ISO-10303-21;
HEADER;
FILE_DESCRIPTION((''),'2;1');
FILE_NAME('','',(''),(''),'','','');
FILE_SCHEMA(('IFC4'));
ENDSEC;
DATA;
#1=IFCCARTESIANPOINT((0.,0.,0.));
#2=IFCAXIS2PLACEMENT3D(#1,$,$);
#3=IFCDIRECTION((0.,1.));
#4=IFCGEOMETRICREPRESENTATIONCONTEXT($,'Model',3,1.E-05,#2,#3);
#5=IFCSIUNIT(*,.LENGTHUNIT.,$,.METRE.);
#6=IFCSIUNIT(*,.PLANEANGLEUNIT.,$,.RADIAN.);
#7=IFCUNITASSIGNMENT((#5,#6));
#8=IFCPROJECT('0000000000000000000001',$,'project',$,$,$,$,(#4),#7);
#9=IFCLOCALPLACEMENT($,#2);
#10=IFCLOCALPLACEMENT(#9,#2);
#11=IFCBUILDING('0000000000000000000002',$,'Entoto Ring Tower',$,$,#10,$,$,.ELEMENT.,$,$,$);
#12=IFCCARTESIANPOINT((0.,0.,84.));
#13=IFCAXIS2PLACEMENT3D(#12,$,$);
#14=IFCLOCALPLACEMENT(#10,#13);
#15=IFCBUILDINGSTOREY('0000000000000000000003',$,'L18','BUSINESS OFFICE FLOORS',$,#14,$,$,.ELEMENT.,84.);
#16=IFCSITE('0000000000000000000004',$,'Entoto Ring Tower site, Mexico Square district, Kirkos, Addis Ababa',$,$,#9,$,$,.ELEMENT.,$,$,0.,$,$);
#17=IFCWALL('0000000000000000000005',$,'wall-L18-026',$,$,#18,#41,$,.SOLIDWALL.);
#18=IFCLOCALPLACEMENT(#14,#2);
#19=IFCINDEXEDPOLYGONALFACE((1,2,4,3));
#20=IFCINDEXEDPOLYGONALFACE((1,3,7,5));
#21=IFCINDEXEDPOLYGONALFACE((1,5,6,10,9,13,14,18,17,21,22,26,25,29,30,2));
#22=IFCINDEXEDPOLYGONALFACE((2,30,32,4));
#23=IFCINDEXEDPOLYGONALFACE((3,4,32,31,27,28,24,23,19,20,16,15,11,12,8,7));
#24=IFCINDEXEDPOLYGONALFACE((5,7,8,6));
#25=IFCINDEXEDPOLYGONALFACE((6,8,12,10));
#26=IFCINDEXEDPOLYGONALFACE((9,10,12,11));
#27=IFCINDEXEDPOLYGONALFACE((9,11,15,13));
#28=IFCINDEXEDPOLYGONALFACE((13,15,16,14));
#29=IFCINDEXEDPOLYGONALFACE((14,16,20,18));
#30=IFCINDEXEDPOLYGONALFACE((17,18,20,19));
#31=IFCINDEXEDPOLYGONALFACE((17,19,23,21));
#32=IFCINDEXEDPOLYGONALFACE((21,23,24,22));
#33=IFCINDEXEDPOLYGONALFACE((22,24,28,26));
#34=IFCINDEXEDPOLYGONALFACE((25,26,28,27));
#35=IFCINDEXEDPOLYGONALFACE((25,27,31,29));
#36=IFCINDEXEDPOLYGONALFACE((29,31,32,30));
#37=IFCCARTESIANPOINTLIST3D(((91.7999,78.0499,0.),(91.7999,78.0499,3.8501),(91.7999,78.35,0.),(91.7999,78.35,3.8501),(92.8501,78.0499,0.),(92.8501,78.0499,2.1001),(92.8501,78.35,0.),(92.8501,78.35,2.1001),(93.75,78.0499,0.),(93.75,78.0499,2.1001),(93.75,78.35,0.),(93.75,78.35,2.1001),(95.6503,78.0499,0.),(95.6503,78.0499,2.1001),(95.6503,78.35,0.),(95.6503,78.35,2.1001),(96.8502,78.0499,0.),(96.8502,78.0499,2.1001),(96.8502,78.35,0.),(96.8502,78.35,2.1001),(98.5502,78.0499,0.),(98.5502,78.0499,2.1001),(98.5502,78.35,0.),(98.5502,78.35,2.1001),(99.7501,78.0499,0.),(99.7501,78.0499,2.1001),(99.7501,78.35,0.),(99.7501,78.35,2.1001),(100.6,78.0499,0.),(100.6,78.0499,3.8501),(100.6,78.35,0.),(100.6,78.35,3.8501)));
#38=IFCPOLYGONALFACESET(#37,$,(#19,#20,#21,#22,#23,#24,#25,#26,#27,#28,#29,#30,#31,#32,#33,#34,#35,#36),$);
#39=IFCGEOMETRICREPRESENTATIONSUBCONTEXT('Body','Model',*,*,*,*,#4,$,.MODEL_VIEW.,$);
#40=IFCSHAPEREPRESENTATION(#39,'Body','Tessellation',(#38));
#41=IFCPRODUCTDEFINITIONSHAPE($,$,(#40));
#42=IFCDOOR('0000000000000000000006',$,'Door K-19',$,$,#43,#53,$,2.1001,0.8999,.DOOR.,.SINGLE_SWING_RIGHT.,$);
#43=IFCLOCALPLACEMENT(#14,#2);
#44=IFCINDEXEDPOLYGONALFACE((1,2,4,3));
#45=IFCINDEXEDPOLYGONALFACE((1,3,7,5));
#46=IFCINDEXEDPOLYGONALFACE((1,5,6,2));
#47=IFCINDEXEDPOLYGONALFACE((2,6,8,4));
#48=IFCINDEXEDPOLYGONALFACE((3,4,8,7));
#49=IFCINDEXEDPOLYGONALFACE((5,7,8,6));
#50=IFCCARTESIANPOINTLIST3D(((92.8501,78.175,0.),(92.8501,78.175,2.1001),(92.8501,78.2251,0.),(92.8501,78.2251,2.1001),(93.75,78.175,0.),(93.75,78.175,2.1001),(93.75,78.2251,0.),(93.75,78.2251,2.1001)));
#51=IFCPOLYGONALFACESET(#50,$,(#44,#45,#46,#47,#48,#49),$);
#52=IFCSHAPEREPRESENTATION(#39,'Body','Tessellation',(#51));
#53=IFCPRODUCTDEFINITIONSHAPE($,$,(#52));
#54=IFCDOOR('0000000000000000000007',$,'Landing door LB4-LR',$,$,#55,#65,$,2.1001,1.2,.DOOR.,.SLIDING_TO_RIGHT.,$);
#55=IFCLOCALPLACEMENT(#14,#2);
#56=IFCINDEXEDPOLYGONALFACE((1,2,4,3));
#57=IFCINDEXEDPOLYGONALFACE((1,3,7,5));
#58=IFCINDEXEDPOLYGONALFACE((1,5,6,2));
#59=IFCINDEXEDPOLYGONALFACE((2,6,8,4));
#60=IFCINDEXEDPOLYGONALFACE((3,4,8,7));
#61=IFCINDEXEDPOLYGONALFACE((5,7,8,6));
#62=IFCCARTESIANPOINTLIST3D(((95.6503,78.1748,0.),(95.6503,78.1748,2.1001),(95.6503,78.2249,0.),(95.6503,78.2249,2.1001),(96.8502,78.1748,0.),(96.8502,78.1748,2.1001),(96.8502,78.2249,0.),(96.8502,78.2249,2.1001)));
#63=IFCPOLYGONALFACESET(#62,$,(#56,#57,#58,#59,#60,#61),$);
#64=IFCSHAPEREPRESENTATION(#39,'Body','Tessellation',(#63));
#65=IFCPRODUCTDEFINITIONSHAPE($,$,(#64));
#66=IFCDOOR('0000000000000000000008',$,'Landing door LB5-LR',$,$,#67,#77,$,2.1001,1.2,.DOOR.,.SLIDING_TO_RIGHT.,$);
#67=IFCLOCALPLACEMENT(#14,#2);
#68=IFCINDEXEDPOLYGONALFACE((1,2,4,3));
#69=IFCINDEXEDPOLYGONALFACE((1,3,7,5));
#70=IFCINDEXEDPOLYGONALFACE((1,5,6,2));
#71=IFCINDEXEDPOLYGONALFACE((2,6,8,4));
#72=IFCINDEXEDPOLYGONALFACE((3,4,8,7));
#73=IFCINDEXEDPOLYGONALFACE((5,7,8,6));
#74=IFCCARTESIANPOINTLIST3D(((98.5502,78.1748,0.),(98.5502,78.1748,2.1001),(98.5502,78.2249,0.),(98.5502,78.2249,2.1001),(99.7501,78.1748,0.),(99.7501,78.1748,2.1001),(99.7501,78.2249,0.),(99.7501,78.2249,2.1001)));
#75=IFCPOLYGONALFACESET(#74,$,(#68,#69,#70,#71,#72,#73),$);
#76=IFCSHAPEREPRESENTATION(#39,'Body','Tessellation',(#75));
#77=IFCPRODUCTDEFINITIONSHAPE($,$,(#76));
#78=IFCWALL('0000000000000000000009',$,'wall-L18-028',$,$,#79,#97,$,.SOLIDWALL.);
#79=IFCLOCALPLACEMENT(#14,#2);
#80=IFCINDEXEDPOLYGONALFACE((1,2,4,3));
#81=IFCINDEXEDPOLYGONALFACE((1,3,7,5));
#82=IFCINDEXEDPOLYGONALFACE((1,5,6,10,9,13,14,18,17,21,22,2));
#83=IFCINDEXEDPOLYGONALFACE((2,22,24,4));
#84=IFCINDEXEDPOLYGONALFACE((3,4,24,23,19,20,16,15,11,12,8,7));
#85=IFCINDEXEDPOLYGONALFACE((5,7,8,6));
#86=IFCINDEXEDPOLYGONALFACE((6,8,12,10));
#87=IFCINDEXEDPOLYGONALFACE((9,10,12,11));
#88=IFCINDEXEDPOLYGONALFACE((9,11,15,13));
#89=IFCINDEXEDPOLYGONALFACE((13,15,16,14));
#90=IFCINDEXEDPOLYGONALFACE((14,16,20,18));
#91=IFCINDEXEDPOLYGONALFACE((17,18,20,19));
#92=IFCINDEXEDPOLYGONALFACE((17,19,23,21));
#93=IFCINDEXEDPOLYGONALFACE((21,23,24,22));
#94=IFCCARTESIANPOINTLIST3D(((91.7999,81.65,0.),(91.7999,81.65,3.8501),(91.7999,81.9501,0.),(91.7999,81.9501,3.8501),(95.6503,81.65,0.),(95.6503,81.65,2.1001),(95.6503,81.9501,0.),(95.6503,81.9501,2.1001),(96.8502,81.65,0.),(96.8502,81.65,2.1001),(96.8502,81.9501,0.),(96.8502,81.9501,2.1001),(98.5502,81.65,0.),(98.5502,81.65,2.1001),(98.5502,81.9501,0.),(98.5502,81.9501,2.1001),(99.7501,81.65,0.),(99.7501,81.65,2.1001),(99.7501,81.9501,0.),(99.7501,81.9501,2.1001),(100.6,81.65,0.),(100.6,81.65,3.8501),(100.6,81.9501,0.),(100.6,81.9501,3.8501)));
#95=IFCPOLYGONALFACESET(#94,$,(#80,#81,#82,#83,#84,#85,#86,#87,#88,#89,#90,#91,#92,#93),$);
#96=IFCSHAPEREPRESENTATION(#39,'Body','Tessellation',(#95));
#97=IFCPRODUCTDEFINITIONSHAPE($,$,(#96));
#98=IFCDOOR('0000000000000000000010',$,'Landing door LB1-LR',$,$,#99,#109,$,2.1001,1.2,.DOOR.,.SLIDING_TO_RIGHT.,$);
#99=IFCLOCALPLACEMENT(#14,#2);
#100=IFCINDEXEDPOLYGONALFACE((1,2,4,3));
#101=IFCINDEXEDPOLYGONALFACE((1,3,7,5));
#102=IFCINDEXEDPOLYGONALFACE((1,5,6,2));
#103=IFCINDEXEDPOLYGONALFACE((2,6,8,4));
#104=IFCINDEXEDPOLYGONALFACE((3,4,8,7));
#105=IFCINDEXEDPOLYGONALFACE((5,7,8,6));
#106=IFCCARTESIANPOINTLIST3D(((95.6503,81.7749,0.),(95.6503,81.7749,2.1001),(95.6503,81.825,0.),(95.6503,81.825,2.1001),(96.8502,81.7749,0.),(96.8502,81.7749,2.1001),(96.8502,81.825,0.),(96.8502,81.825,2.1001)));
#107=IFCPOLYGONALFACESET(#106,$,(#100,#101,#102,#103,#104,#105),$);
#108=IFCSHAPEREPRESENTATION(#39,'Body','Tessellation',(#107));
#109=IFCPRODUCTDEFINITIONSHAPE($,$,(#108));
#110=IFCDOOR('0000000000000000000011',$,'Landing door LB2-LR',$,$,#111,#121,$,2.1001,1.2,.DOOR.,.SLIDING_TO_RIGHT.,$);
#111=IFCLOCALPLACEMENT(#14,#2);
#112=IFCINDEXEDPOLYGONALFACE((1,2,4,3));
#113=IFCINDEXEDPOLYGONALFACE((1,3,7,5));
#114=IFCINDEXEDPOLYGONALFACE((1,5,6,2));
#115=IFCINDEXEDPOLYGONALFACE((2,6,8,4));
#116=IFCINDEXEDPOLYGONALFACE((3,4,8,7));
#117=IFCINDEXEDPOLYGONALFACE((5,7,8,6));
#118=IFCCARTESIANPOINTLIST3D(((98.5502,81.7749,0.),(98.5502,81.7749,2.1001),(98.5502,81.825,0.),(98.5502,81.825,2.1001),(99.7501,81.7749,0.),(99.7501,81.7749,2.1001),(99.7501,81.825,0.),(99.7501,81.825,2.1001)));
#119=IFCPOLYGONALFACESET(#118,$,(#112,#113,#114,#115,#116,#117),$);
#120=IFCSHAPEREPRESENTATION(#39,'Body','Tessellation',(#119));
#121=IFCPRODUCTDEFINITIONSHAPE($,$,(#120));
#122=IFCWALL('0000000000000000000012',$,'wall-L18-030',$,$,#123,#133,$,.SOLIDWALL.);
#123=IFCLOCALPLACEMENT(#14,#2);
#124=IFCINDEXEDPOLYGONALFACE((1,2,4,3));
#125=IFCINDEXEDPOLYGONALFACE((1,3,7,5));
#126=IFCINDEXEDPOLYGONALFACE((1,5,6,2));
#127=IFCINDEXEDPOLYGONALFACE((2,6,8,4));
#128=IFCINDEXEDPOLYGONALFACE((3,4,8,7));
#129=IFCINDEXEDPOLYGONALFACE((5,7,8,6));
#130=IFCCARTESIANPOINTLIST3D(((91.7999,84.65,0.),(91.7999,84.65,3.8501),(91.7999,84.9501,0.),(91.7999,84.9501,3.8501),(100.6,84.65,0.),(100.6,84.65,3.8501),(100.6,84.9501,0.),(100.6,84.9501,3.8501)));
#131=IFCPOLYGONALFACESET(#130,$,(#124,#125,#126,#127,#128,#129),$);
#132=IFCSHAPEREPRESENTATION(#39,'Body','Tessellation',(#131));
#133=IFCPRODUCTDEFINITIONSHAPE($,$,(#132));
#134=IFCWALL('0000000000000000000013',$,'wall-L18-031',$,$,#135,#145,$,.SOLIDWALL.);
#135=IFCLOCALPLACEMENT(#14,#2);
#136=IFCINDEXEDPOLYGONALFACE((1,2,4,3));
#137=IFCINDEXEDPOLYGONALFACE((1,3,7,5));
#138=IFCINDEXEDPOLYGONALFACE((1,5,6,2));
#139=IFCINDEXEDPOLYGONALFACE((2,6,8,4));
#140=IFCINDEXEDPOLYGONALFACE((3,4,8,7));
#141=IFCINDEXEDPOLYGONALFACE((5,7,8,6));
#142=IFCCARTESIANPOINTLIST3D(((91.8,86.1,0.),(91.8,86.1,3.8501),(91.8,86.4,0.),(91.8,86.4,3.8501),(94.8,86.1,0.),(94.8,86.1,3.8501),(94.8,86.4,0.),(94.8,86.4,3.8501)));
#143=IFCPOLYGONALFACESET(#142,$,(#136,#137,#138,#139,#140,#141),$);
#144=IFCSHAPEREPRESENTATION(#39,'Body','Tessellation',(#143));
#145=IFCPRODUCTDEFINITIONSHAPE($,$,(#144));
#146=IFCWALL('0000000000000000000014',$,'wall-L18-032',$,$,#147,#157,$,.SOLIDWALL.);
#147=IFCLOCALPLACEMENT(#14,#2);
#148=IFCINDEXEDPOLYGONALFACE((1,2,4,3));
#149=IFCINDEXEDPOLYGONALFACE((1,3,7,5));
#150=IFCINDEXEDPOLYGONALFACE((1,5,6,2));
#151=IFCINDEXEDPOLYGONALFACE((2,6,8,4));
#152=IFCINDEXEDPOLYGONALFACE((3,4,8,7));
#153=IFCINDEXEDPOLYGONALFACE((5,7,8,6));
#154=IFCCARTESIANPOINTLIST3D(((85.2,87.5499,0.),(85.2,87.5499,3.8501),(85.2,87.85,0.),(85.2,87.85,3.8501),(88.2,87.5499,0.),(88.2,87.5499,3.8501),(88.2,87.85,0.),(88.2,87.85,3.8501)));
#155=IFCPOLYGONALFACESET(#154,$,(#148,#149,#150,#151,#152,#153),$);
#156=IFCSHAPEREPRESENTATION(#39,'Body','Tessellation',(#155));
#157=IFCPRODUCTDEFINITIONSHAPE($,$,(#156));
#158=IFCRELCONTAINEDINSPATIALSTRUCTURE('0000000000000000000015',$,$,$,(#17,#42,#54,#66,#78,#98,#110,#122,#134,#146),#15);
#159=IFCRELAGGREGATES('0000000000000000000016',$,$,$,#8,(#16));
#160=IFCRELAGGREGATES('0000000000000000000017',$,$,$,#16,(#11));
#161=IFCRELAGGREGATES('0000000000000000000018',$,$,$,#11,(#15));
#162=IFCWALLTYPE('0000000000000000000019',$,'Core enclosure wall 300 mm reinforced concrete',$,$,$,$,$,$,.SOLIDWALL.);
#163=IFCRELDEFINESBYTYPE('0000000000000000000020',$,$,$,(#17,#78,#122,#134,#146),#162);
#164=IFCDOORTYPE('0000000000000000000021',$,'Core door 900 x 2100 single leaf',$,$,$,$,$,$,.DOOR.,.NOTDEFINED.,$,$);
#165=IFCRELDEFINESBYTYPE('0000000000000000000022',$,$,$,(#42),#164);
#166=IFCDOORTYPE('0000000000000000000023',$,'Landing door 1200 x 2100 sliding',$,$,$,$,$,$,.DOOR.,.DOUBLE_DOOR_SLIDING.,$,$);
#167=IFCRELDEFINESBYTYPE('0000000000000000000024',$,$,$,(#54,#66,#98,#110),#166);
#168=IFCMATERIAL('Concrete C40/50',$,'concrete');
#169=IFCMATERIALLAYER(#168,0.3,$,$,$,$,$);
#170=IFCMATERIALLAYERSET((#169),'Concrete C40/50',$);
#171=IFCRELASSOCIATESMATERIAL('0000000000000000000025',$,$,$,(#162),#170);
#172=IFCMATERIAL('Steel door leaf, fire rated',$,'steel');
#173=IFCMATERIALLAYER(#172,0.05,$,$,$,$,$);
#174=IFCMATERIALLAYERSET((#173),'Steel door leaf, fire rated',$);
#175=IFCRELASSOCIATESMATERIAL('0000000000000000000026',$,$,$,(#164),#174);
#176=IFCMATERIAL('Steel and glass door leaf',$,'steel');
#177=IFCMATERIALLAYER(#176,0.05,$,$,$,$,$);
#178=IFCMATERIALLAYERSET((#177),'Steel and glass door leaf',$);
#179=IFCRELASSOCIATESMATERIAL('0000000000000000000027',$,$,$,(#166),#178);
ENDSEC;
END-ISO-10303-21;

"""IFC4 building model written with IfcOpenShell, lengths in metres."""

from ifc_helpers import new_model, si_unit, direction, frame, frame_2d, origin, place, context, subcontext, project, spatial, rectangle, extrude, material, layer, layer_set, type_object, element, fill, save


model = new_model("IFC4")

# Units and contexts
model_context = context("Model", 3, precision=1e-05, world=origin(), true_north=direction((0.0, 1.0)))
body_context = subcontext(model_context, "Body", "Model", "MODEL_VIEW")
ifc_project = project(units=[si_unit("LENGTHUNIT", "METRE"), si_unit("PLANEANGLEUNIT", "RADIAN")], contexts=[model_context])

# Site, building, storey
site_placement = place(None, origin())
site = spatial("IfcSite", under=ifc_project, at=site_placement, Name="Entoto Ring Tower site, Mexico Square district, Kirkos, Addis Ababa", CompositionType="ELEMENT", RefElevation=0.0)
building_placement = place(site_placement, origin())
building = spatial("IfcBuilding", under=site, at=building_placement, Name="Entoto Ring Tower", CompositionType="ELEMENT")
storey_placement = place(building_placement, frame((0.0, 0.0, 84.0)))
storey = spatial("IfcBuildingStorey", under=building, at=storey_placement, Name="L18", Description="BUSINESS OFFICE FLOORS", CompositionType="ELEMENT", Elevation=84.0)

# Shared definitions
ifc_material_1 = material(Name="Concrete C40/50", Category="concrete")
ifc_layer_1 = layer(ifc_material_1, 0.3)
ifc_layer_set_1 = layer_set([ifc_layer_1], Name="Concrete C40/50")
wall_type = type_object("IfcWallType", Name="Core enclosure wall 300 mm reinforced concrete", PredefinedType="SOLIDWALL", material=ifc_layer_set_1)

# Shared definitions
ifc_material_2 = material(Name="Steel door leaf, fire rated", Category="steel")
ifc_layer_2 = layer(ifc_material_2, 0.05)
ifc_layer_set_2 = layer_set([ifc_layer_2], Name="Steel door leaf, fire rated")
door_type_1 = type_object("IfcDoorType", Name="Core door 900 x 2100 single leaf", OperationType="NOTDEFINED", PredefinedType="DOOR", material=ifc_layer_set_2)

# Walls, openings, doors
ifc_material_3 = material(Name="Steel and glass door leaf", Category="steel")
ifc_layer_3 = layer(ifc_material_3, 0.05)
ifc_layer_set_3 = layer_set([ifc_layer_3], Name="Steel and glass door leaf")
door_type_2 = type_object("IfcDoorType", Name="Landing door 1200 x 2100 sliding", OperationType="DOUBLE_DOOR_SLIDING", PredefinedType="DOOR", material=ifc_layer_set_3)
wall_1_placement = place(storey_placement, frame((91.8, 78.2, 0.0), z_axis=(0.0, 0.0, 1.0), x_axis=(1.0, 0.0, 0.0)))
wall_1 = element("IfcWall", 1, at=wall_1_placement, inside=storey, type_object=wall_type, Name="wall-L18-026", PredefinedType="SOLIDWALL", context=body_context, shape_type="SweptSolid", body=[
    extrude(rectangle(XDim=8.8, YDim=0.3, at=frame_2d((4.3999, 0.0))), origin(), (0.0, 0.0, 1.0), 3.8501),
])
opening_1_placement = place(wall_1_placement, frame((3.8501, 0.0, 0.0)))
opening_1 = element("IfcOpeningElement", 2, at=opening_1_placement, cuts=wall_1, PredefinedType="OPENING", context=body_context, shape_type="SweptSolid", body=[
    extrude(rectangle(XDim=1.2, YDim=2.1001, at=frame_2d((0.6001, 1.05))), frame((0.0, 0.1602, 0.0), z_axis=(0.0, -1.0, 0.0), x_axis=(1.0, 0.0, 0.0)), (0.0, 0.0, 1.0), 0.3201),
])
opening_2_placement = place(wall_1_placement, frame((6.75, 0.0, 0.0)))
opening_2 = element("IfcOpeningElement", 3, at=opening_2_placement, cuts=wall_1, PredefinedType="OPENING", context=body_context, shape_type="SweptSolid", body=[
    extrude(rectangle(XDim=1.2, YDim=2.1001, at=frame_2d((0.6001, 1.05))), frame((0.0, 0.1602, 0.0), z_axis=(0.0, -1.0, 0.0), x_axis=(1.0, 0.0, 0.0)), (0.0, 0.0, 1.0), 0.3201),
])
opening_3_placement = place(wall_1_placement, frame((1.05, 0.0, 0.0)))
opening_3 = element("IfcOpeningElement", 4, at=opening_3_placement, cuts=wall_1, PredefinedType="OPENING", context=body_context, shape_type="SweptSolid", body=[
    extrude(rectangle(XDim=0.8999, YDim=2.1001, at=frame_2d((0.45, 1.05))), frame((0.0, 0.1602, 0.0), z_axis=(0.0, -1.0, 0.0), x_axis=(1.0, 0.0, 0.0)), (0.0, 0.0, 1.0), 0.3201),
])
door_1_placement = place(opening_3_placement, frame((0.8999, 0.0, 0.0), z_axis=(0.0, 0.0, 1.0), x_axis=(-1.0, 0.0, 0.0)))
door_1 = element("IfcDoor", 5, at=door_1_placement, inside=storey, type_object=door_type_1, Name="Door K-19", OperationType="SINGLE_SWING_RIGHT", OverallHeight=2.1001, OverallWidth=0.8999, PredefinedType="DOOR", context=body_context, shape_type="SweptSolid", body=[
    extrude(rectangle(XDim=0.8999, YDim=2.1001, at=frame_2d((0.45, 1.05))), frame((0.0, 0.0249, 0.0), z_axis=(0.0, -1.0, 0.0), x_axis=(1.0, 0.0, 0.0)), (0.0, 0.0, 1.0), 0.05),
])
fill(opening_3, door_1)
door_2_placement = place(opening_1_placement, origin())
door_2 = element("IfcDoor", 6, at=door_2_placement, inside=storey, type_object=door_type_2, Name="Landing door LB4-LR", OperationType="SLIDING_TO_RIGHT", OverallHeight=2.1001, OverallWidth=1.2, PredefinedType="DOOR", context=body_context, shape_type="SweptSolid", body=[
    extrude(rectangle(XDim=1.2, YDim=2.1001, at=frame_2d((0.6001, 1.05))), frame((0.0, 0.0249, 0.0), z_axis=(0.0, -1.0, 0.0), x_axis=(1.0, 0.0, 0.0)), (0.0, 0.0, 1.0), 0.05),
])
fill(opening_1, door_2)
door_3_placement = place(opening_2_placement, origin())
door_3 = element("IfcDoor", 7, at=door_3_placement, inside=storey, type_object=door_type_2, Name="Landing door LB5-LR", OperationType="SLIDING_TO_RIGHT", OverallHeight=2.1001, OverallWidth=1.2, PredefinedType="DOOR", context=body_context, shape_type="SweptSolid", body=[
    extrude(rectangle(XDim=1.2, YDim=2.1001, at=frame_2d((0.6001, 1.05))), frame((0.0, 0.0249, 0.0), z_axis=(0.0, -1.0, 0.0), x_axis=(1.0, 0.0, 0.0)), (0.0, 0.0, 1.0), 0.05),
])
fill(opening_2, door_3)
wall_2_placement = place(storey_placement, frame((91.8, 81.8, 0.0), z_axis=(0.0, 0.0, 1.0), x_axis=(1.0, 0.0, 0.0)))
wall_2 = element("IfcWall", 8, at=wall_2_placement, inside=storey, type_object=wall_type, Name="wall-L18-028", PredefinedType="SOLIDWALL", context=body_context, shape_type="SweptSolid", body=[
    extrude(rectangle(XDim=8.8, YDim=0.3, at=frame_2d((4.3999, 0.0))), origin(), (0.0, 0.0, 1.0), 3.8501),
])
opening_4_placement = place(wall_2_placement, frame((3.8501, 0.0, 0.0)))
opening_4 = element("IfcOpeningElement", 9, at=opening_4_placement, cuts=wall_2, PredefinedType="OPENING", context=body_context, shape_type="SweptSolid", body=[
    extrude(rectangle(XDim=1.2, YDim=2.1001, at=frame_2d((0.6001, 1.05))), frame((0.0, 0.1602, 0.0), z_axis=(0.0, -1.0, 0.0), x_axis=(1.0, 0.0, 0.0)), (0.0, 0.0, 1.0), 0.3201),
])
opening_5_placement = place(wall_2_placement, frame((6.75, 0.0, 0.0)))
opening_5 = element("IfcOpeningElement", 10, at=opening_5_placement, cuts=wall_2, PredefinedType="OPENING", context=body_context, shape_type="SweptSolid", body=[
    extrude(rectangle(XDim=1.2, YDim=2.1001, at=frame_2d((0.6001, 1.05))), frame((0.0, 0.1602, 0.0), z_axis=(0.0, -1.0, 0.0), x_axis=(1.0, 0.0, 0.0)), (0.0, 0.0, 1.0), 0.3201),
])
door_4_placement = place(opening_4_placement, origin())
door_4 = element("IfcDoor", 11, at=door_4_placement, inside=storey, type_object=door_type_2, Name="Landing door LB1-LR", OperationType="SLIDING_TO_RIGHT", OverallHeight=2.1001, OverallWidth=1.2, PredefinedType="DOOR", context=body_context, shape_type="SweptSolid", body=[
    extrude(rectangle(XDim=1.2, YDim=2.1001, at=frame_2d((0.6001, 1.05))), frame((0.0, 0.0249, 0.0), z_axis=(0.0, -1.0, 0.0), x_axis=(1.0, 0.0, 0.0)), (0.0, 0.0, 1.0), 0.05),
])
fill(opening_4, door_4)
door_5_placement = place(opening_5_placement, origin())
door_5 = element("IfcDoor", 12, at=door_5_placement, inside=storey, type_object=door_type_2, Name="Landing door LB2-LR", OperationType="SLIDING_TO_RIGHT", OverallHeight=2.1001, OverallWidth=1.2, PredefinedType="DOOR", context=body_context, shape_type="SweptSolid", body=[
    extrude(rectangle(XDim=1.2, YDim=2.1001, at=frame_2d((0.6001, 1.05))), frame((0.0, 0.0249, 0.0), z_axis=(0.0, -1.0, 0.0), x_axis=(1.0, 0.0, 0.0)), (0.0, 0.0, 1.0), 0.05),
])
fill(opening_5, door_5)

# Walls
wall_3_placement = place(storey_placement, frame((91.8, 84.8, 0.0), z_axis=(0.0, 0.0, 1.0), x_axis=(1.0, 0.0, 0.0)))
element("IfcWall", 13, at=wall_3_placement, inside=storey, type_object=wall_type, Name="wall-L18-030", PredefinedType="SOLIDWALL", context=body_context, shape_type="SweptSolid", body=[
    extrude(rectangle(XDim=8.8, YDim=0.3, at=frame_2d((4.3999, 0.0))), origin(), (0.0, 0.0, 1.0), 3.8501),
])
for number, where, z_axis, x_axis, name in (
    (14, (91.8, 86.25, 0.0), (0.0, 0.0, 1.0), (1.0, 0.0, 0.0), "wall-L18-031"),
    (15, (85.2, 87.7, 0.0), (0.0, 0.0, 1.0), (1.0, 0.0, 0.0), "wall-L18-032"),
):
    element("IfcWall", number, at=place(storey_placement, frame(where, z_axis=z_axis, x_axis=x_axis)), inside=storey, type_object=wall_type, Name=name, PredefinedType="SOLIDWALL", context=body_context, shape_type="SweptSolid", body=[
        extrude(rectangle(XDim=3.0, YDim=0.3, at=frame_2d((1.5, 0.0))), origin(), (0.0, 0.0, 1.0), 3.8501),
    ])

save(model, "model.ifc")
